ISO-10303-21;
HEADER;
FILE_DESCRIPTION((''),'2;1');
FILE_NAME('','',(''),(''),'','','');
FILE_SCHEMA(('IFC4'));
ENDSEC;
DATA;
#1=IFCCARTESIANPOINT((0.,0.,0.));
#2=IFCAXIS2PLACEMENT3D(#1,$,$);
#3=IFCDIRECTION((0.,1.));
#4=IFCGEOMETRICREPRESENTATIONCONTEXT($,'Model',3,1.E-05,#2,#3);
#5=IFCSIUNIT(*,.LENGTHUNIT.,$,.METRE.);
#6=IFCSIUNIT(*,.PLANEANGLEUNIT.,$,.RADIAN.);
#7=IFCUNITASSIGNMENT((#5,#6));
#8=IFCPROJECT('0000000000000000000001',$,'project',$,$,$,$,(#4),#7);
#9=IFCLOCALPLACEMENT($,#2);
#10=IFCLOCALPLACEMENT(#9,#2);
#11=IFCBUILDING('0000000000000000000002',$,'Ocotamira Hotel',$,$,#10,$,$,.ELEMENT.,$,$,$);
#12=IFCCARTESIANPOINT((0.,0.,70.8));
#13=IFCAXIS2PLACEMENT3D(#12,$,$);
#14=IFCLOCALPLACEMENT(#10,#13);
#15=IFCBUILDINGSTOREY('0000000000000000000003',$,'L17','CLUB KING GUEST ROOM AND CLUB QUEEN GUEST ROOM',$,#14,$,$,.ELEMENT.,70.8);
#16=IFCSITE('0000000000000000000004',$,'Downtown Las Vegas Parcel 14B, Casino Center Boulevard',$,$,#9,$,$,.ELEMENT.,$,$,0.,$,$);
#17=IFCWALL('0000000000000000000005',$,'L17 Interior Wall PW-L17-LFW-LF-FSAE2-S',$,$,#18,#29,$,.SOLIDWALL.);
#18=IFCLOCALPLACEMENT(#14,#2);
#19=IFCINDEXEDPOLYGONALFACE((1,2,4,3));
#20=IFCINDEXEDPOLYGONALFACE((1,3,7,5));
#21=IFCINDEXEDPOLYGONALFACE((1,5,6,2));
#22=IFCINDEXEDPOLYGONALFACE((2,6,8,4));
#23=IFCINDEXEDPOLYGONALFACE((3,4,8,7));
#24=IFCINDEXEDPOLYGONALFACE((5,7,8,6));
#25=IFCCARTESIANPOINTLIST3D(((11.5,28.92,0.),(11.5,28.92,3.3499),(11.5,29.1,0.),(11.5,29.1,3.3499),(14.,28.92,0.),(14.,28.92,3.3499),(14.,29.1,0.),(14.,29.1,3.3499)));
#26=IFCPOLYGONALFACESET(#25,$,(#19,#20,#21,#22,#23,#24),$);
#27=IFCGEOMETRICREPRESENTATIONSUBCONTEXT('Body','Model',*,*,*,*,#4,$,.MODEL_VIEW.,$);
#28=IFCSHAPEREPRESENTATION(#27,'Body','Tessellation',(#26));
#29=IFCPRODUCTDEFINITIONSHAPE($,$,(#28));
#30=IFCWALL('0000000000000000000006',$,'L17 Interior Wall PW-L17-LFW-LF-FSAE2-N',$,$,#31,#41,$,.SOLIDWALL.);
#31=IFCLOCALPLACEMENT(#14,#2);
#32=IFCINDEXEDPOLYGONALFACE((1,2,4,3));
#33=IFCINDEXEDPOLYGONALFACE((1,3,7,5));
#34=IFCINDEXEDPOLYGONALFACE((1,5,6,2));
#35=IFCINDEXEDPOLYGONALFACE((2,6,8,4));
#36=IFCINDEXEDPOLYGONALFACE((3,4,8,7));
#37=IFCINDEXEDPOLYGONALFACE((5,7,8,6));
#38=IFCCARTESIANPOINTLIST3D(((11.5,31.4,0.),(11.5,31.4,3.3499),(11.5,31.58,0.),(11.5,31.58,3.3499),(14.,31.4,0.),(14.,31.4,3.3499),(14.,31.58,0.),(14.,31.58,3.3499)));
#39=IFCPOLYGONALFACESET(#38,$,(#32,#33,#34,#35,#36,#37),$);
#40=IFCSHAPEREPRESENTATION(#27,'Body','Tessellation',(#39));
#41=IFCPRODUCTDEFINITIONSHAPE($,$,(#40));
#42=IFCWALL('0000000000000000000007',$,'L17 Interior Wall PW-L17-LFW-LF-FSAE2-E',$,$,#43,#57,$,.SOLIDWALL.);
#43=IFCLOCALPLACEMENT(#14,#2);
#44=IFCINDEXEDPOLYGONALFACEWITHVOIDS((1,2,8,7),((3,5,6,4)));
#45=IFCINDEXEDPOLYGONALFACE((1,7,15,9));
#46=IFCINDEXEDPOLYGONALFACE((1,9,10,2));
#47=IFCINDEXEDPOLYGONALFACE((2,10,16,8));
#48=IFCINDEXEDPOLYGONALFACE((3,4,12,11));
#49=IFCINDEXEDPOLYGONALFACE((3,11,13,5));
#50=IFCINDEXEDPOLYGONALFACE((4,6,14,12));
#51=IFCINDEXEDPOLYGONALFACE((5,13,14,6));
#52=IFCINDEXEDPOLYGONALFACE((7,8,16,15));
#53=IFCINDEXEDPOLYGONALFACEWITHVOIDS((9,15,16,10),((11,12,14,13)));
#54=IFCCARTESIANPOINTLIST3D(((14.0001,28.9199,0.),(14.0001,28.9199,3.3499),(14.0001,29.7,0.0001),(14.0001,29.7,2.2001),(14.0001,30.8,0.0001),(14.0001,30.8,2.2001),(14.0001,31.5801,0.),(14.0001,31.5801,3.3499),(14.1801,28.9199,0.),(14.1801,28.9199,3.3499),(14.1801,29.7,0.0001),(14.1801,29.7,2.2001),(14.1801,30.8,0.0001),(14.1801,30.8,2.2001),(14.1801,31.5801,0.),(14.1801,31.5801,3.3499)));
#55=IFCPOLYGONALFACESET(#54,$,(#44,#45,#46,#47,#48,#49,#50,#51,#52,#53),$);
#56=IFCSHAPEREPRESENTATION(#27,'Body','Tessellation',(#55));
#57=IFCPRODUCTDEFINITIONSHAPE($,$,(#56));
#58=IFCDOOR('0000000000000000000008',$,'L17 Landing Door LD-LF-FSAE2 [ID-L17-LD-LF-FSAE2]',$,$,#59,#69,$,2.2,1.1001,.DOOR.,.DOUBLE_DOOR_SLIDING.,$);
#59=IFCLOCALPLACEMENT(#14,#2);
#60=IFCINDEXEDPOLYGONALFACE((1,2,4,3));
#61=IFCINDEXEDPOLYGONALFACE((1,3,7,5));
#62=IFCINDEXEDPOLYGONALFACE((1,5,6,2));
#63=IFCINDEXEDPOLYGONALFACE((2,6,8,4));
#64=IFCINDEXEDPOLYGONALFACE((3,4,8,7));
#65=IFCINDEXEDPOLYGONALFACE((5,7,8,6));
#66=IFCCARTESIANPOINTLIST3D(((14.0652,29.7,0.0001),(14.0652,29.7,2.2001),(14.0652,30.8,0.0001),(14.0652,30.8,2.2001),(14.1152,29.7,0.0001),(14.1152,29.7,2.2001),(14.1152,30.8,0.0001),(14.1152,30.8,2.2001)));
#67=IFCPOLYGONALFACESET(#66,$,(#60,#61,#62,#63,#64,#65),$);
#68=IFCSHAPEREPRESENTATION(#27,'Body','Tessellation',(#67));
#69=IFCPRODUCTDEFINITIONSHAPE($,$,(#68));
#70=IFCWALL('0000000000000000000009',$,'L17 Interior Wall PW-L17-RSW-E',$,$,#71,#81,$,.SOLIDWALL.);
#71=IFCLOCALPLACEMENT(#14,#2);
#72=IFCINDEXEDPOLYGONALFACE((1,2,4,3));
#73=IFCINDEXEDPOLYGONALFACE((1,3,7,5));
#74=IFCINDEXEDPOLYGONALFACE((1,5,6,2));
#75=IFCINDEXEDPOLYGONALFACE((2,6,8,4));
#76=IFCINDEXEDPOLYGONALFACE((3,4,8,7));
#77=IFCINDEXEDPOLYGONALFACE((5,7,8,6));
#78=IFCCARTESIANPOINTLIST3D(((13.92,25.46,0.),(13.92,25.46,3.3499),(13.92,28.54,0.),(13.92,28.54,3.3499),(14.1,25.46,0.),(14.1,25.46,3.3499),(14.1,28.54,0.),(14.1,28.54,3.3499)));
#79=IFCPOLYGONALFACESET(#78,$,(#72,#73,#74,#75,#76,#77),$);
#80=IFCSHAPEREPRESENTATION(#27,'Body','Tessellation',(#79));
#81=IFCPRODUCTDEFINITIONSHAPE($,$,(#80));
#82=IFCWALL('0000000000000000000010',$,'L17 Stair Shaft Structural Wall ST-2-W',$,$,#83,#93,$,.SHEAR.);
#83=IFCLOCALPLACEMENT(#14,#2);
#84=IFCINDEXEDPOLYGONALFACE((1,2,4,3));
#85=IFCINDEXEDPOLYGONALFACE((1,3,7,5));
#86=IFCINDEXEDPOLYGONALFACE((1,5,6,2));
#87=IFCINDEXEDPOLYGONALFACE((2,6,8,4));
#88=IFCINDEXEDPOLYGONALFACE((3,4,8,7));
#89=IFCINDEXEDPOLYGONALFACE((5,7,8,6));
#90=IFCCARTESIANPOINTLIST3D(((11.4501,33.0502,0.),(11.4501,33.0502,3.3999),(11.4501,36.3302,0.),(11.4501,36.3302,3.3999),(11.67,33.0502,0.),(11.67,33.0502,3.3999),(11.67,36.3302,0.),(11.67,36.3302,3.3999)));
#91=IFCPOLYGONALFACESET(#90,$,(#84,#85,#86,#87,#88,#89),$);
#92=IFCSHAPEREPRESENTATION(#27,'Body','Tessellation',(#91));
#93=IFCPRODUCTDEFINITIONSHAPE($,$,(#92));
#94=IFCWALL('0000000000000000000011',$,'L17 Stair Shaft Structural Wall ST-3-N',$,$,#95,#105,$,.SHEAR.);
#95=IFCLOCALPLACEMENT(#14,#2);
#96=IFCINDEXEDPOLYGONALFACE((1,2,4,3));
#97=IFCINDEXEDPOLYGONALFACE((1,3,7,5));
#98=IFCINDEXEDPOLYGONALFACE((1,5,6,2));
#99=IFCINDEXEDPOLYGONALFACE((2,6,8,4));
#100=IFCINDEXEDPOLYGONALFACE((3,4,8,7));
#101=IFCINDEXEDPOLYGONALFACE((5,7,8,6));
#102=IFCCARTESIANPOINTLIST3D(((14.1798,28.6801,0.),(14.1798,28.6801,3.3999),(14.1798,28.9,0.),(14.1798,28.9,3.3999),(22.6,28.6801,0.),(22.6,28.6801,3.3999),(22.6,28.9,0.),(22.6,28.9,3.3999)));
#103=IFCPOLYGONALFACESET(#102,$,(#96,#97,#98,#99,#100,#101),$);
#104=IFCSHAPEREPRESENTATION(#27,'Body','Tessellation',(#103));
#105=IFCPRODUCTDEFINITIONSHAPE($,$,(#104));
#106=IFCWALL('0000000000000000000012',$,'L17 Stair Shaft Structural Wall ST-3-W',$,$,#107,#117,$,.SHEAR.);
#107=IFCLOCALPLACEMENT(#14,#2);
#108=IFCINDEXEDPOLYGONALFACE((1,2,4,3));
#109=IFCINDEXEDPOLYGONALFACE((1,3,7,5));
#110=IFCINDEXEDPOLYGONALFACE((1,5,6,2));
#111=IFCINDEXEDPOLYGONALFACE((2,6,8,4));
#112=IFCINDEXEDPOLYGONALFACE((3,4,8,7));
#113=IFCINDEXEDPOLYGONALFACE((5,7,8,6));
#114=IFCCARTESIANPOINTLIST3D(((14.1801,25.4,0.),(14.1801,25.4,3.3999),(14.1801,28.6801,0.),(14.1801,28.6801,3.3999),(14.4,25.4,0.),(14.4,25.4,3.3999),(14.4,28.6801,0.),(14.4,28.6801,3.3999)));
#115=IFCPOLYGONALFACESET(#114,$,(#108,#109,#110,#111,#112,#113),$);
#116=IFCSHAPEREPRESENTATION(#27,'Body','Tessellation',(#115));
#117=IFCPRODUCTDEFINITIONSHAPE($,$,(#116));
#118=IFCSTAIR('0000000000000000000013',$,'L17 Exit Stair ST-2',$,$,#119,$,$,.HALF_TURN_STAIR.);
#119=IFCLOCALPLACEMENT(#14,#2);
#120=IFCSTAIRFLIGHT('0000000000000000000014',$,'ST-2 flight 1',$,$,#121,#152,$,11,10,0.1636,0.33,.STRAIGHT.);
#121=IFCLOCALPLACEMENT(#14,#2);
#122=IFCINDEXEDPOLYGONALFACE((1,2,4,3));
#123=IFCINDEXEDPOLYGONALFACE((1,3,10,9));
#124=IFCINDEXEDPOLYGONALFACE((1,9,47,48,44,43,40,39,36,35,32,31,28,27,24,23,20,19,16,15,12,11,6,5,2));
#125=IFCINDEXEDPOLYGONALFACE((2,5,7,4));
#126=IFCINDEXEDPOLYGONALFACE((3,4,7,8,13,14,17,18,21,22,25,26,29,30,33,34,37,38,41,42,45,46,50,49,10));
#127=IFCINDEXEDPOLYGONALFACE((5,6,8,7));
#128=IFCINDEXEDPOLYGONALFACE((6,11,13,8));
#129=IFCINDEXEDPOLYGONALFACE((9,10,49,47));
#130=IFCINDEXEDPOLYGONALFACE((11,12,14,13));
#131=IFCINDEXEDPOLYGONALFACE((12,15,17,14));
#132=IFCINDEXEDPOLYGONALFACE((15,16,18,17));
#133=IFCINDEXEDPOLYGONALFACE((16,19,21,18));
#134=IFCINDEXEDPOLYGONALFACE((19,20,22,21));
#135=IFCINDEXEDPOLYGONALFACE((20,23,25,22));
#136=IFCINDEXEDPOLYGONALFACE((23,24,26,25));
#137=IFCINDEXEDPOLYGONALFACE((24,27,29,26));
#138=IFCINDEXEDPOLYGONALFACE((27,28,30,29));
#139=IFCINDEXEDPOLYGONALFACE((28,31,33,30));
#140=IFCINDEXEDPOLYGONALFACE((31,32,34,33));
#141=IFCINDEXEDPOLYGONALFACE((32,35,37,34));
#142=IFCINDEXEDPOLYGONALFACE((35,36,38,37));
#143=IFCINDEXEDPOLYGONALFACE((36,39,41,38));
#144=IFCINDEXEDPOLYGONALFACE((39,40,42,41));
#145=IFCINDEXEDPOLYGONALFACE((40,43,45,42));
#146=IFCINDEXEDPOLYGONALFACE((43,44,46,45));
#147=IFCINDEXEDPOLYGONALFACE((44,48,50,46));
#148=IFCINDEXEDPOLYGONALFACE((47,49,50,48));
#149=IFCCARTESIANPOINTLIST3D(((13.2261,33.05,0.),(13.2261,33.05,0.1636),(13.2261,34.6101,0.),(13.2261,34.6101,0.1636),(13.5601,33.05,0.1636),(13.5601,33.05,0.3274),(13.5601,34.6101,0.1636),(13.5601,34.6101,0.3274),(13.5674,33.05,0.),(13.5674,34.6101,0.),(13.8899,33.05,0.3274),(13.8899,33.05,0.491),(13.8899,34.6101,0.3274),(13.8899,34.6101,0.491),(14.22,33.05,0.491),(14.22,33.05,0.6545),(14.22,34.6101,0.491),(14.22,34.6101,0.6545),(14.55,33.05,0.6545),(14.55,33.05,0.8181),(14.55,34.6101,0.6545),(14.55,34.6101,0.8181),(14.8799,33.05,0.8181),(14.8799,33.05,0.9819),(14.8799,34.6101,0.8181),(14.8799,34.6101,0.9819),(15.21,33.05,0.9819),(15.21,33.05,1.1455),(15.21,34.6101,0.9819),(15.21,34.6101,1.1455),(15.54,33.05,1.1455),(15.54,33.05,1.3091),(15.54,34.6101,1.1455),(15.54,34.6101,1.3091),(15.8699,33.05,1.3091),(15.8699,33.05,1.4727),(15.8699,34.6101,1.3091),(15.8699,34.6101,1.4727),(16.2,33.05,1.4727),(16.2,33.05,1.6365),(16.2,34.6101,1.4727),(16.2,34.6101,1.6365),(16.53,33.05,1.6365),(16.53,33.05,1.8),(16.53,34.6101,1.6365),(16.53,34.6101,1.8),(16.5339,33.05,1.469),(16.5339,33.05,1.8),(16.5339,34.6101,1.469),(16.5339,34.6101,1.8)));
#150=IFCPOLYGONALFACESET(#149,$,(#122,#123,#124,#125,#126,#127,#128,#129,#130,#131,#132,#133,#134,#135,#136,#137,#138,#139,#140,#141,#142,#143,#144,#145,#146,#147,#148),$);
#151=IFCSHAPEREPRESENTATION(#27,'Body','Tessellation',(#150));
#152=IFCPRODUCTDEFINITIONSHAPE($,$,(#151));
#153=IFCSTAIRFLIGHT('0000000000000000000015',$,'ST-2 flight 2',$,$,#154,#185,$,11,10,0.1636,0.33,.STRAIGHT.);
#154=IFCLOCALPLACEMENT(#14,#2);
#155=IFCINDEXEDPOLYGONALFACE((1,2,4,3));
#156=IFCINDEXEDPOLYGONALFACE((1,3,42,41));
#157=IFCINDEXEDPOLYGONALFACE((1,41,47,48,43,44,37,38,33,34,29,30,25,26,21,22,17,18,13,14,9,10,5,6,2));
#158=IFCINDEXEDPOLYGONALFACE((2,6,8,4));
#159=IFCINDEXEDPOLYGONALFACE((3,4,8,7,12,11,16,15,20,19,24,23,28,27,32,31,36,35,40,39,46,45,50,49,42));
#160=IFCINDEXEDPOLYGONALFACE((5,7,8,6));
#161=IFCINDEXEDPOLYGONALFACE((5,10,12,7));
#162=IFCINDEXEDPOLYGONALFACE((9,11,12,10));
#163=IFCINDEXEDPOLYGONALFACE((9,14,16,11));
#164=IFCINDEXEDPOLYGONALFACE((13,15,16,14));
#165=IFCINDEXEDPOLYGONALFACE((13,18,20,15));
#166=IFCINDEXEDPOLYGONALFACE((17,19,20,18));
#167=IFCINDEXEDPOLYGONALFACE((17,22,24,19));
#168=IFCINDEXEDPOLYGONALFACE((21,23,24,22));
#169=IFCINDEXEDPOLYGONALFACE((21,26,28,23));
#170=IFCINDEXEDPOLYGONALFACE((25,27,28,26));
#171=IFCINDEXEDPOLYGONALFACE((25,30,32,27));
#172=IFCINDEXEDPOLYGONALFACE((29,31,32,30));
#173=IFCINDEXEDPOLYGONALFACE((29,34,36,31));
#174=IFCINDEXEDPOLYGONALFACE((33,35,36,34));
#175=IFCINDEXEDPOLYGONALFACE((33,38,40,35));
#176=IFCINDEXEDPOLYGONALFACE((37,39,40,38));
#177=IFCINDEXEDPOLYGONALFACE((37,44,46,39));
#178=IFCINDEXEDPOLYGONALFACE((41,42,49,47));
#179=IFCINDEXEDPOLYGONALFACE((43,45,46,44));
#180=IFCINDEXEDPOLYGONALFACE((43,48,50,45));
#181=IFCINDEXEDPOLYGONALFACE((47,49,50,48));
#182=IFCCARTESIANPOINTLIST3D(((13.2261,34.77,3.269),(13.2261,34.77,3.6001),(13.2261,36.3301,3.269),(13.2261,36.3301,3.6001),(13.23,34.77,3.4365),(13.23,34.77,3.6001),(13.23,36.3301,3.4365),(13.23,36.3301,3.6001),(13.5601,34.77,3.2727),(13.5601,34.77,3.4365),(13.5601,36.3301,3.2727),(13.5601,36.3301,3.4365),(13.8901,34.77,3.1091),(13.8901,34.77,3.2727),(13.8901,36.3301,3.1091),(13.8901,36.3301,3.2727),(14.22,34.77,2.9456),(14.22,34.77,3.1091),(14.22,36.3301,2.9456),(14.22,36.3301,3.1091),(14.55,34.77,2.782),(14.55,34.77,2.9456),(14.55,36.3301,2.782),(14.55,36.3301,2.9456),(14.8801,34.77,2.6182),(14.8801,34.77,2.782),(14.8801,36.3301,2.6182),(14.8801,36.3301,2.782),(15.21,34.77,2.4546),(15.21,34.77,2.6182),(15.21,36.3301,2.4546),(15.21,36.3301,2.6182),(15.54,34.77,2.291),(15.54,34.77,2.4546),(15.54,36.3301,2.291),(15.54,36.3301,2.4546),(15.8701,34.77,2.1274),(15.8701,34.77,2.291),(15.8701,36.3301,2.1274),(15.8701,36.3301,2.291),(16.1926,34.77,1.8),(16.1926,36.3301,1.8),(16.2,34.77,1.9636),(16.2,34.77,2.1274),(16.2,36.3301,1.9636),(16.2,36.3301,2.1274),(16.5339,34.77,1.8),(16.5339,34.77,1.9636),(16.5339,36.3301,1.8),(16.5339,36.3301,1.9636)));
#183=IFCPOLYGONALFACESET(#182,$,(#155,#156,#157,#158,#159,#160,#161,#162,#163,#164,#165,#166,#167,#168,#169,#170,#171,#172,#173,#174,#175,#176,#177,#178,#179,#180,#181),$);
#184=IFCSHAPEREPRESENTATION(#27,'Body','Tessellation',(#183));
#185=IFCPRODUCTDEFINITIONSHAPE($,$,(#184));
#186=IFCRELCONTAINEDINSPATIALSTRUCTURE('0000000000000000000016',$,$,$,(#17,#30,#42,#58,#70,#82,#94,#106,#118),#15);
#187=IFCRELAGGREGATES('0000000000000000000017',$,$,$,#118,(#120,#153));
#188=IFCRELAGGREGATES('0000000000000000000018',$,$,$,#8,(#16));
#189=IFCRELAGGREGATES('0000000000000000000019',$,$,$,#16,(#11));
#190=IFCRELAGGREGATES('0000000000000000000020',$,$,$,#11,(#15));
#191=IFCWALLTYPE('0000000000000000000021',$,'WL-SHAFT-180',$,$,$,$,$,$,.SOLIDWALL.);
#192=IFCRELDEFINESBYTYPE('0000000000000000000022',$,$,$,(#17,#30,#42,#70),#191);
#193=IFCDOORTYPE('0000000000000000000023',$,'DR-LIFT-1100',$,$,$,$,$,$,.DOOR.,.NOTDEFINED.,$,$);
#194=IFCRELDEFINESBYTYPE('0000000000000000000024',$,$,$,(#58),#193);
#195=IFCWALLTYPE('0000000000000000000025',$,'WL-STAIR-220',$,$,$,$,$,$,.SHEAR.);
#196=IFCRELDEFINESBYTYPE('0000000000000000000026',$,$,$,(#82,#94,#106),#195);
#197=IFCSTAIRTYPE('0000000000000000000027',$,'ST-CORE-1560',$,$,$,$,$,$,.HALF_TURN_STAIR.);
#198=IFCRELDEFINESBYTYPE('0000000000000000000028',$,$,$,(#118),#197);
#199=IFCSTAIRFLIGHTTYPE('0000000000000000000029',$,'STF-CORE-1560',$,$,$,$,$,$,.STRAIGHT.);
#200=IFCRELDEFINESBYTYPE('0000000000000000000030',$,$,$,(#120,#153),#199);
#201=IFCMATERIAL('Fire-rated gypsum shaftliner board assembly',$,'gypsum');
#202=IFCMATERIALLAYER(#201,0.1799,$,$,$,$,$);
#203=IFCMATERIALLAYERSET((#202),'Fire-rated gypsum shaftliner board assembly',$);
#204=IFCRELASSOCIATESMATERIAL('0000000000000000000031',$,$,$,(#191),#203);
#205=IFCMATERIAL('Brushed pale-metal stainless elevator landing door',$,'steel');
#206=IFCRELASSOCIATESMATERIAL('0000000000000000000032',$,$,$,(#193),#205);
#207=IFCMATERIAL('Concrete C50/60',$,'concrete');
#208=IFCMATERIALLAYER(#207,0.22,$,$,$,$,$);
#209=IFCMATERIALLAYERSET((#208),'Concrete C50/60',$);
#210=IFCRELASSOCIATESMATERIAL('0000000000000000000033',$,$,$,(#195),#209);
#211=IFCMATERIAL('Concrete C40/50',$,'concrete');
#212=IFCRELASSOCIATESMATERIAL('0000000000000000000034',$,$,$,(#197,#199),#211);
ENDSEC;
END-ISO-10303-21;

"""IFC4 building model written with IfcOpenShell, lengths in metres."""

from ifc_helpers import new_model, si_unit, direction, frame, frame_2d, origin, place, context, subcontext, project, spatial, polyline, rectangle, outline, extrude, source, transform, mapped, material, layer, layer_set, type_object, element, fill, aggregate, save


model = new_model("IFC4")

# Units and contexts
model_context = context("Model", 3, precision=1e-05, world=origin(), true_north=direction((0.0, 1.0)))
body_context = subcontext(model_context, "Body", "Model", "MODEL_VIEW")
ifc_project = project(units=[si_unit("LENGTHUNIT", "METRE"), si_unit("PLANEANGLEUNIT", "RADIAN")], contexts=[model_context])

# Site, building, storey
site_placement = place(None, origin())
site = spatial("IfcSite", under=ifc_project, at=site_placement, Name="Downtown Las Vegas Parcel 14B, Casino Center Boulevard", CompositionType="ELEMENT", RefElevation=0.0)
building_placement = place(site_placement, origin())
building = spatial("IfcBuilding", under=site, at=building_placement, Name="Ocotamira Hotel", CompositionType="ELEMENT")
storey_placement = place(building_placement, frame((0.0, 0.0, 70.8)))
storey = spatial("IfcBuildingStorey", under=building, at=storey_placement, Name="L17", Description="CLUB KING GUEST ROOM AND CLUB QUEEN GUEST ROOM", CompositionType="ELEMENT", Elevation=70.8)

# Walls
ifc_material_1 = material(Name="Fire-rated gypsum shaftliner board assembly", Category="gypsum")
ifc_layer_1 = layer(ifc_material_1, 0.1799)
ifc_layer_set_1 = layer_set([ifc_layer_1], Name="Fire-rated gypsum shaftliner board assembly")
wall_type_1 = type_object("IfcWallType", Name="WL-SHAFT-180", PredefinedType="SOLIDWALL", material=ifc_layer_set_1)
for number, where, z_axis, x_axis, name in (
    (1, (11.5, 29.01, 0.0), (0.0, 0.0, 1.0), (1.0, 0.0, 0.0), "L17 Interior Wall PW-L17-LFW-LF-FSAE2-S"),
    (2, (11.5, 31.49, 0.0), (0.0, 0.0, 1.0), (1.0, 0.0, 0.0), "L17 Interior Wall PW-L17-LFW-LF-FSAE2-N"),
):
    element("IfcWall", number, at=place(storey_placement, frame(where, z_axis=z_axis, x_axis=x_axis)), inside=storey, type_object=wall_type_1, Name=name, PredefinedType="SOLIDWALL", context=body_context, shape_type="SweptSolid", body=[
        extrude(rectangle(XDim=2.5, YDim=0.1799, at=frame_2d((1.25, 0.0))), origin(), (0.0, 0.0, 1.0), 3.3499),
    ])

# Wall, opening, door
wall_1_placement = place(storey_placement, frame((14.0901, 28.9199, 0.0), z_axis=(0.0, 0.0, 1.0), x_axis=(0.0, 1.0, 0.0)))
wall_1 = element("IfcWall", 3, at=wall_1_placement, inside=storey, type_object=wall_type_1, Name="L17 Interior Wall PW-L17-LFW-LF-FSAE2-E", PredefinedType="SOLIDWALL", context=body_context, shape_type="SweptSolid", body=[
    extrude(rectangle(XDim=2.6602, YDim=0.1799, at=frame_2d((1.3301, 0.0))), origin(), (0.0, 0.0, 1.0), 3.3499),
])
opening_placement = place(wall_1_placement, frame((0.78, 0.0, 0.0)))
opening = element("IfcOpeningElement", 4, at=opening_placement, cuts=wall_1, PredefinedType="OPENING", context=body_context, shape_type="SweptSolid", body=[
    extrude(rectangle(XDim=1.1001, YDim=2.2, at=frame_2d((0.55, 1.1001))), frame((0.0, 0.1001, 0.0), z_axis=(0.0, -1.0, 0.0), x_axis=(1.0, 0.0, 0.0)), (0.0, 0.0, 1.0), 0.2),
])
ifc_material_2 = material(Name="Brushed pale-metal stainless elevator landing door", Category="steel")
door_type = type_object("IfcDoorType", Name="DR-LIFT-1100", OperationType="NOTDEFINED", PredefinedType="DOOR", material=ifc_material_2)
shared_shape_1 = source(origin(), body_context, "Body", "SweptSolid", [
    extrude(rectangle(XDim=1.1001, YDim=2.2, at=frame_2d((0.55, 1.1001))), frame((0.0, 0.0249, 0.0), z_axis=(0.0, -1.0, 0.0), x_axis=(1.0, 0.0, 0.0)), (0.0, 0.0, 1.0), 0.05),
])
door_placement = place(opening_placement, origin())
door = element("IfcDoor", 5, at=door_placement, inside=storey, type_object=door_type, Name="L17 Landing Door LD-LF-FSAE2 [ID-L17-LD-LF-FSAE2]", OperationType="DOUBLE_DOOR_SLIDING", OverallHeight=2.2, OverallWidth=1.1001, PredefinedType="DOOR", context=body_context, shape_type="MappedRepresentation", body=[
    mapped(shared_shape_1, transform((0.0, 0.0, 0.0), scale=1.0)),
])
fill(opening, door)

# Walls
wall_2_placement = place(storey_placement, frame((14.01, 25.46, 0.0), z_axis=(0.0, 0.0, 1.0), x_axis=(0.0, 1.0, 0.0)))
element("IfcWall", 6, at=wall_2_placement, inside=storey, type_object=wall_type_1, Name="L17 Interior Wall PW-L17-RSW-E", PredefinedType="SOLIDWALL", context=body_context, shape_type="SweptSolid", body=[
    extrude(rectangle(XDim=3.0801, YDim=0.1799, at=frame_2d((1.54, 0.0))), origin(), (0.0, 0.0, 1.0), 3.3499),
])
ifc_material_3 = material(Name="Concrete C50/60", Category="concrete")
ifc_layer_2 = layer(ifc_material_3, 0.22)
ifc_layer_set_2 = layer_set([ifc_layer_2], Name="Concrete C50/60")
wall_type_2 = type_object("IfcWallType", Name="WL-STAIR-220", PredefinedType="SHEAR", material=ifc_layer_set_2)
wall_3_placement = place(storey_placement, frame((11.5601, 33.05, 0.0), z_axis=(0.0, 0.0, 1.0), x_axis=(0.0, 1.0, 0.0)))
element("IfcWall", 7, at=wall_3_placement, inside=storey, type_object=wall_type_2, Name="L17 Stair Shaft Structural Wall ST-2-W", PredefinedType="SHEAR", context=body_context, shape_type="SweptSolid", body=[
    extrude(rectangle(XDim=3.28, YDim=0.22, at=frame_2d((1.6401, 0.0))), origin(), (0.0, 0.0, 1.0), 3.3999),
])
wall_4_placement = place(storey_placement, frame((14.1799, 28.79, 0.0), z_axis=(0.0, 0.0, 1.0), x_axis=(1.0, 0.0, 0.0)))
element("IfcWall", 8, at=wall_4_placement, inside=storey, type_object=wall_type_2, Name="L17 Stair Shaft Structural Wall ST-3-N", PredefinedType="SHEAR", context=body_context, shape_type="SweptSolid", body=[
    extrude(rectangle(XDim=8.4202, YDim=0.22, at=frame_2d((4.21, 0.0))), origin(), (0.0, 0.0, 1.0), 3.3999),
])
wall_5_placement = place(storey_placement, frame((14.29, 25.3999, 0.0), z_axis=(0.0, 0.0, 1.0), x_axis=(0.0, 1.0, 0.0)))
element("IfcWall", 9, at=wall_5_placement, inside=storey, type_object=wall_type_2, Name="L17 Stair Shaft Structural Wall ST-3-W", PredefinedType="SHEAR", context=body_context, shape_type="SweptSolid", body=[
    extrude(rectangle(XDim=3.28, YDim=0.22, at=frame_2d((1.6401, 0.0))), origin(), (0.0, 0.0, 1.0), 3.3999),
])

# Stair, stair flights
ifc_material_4 = material(Name="Concrete C40/50", Category="concrete")
stair_type = type_object("IfcStairType", Name="ST-CORE-1560", PredefinedType="HALF_TURN_STAIR", material=ifc_material_4)
stair_1_placement = place(storey_placement, origin())
stair_1 = element("IfcStair", 10, at=stair_1_placement, inside=storey, type_object=stair_type, Name="L17 Exit Stair ST-2", PredefinedType="HALF_TURN_STAIR")
stair_flight_type = type_object("IfcStairFlightType", Name="STF-CORE-1560", PredefinedType="STRAIGHT", material=ifc_material_4)
shared_shape_2 = source(origin(), body_context, "Body", "SweptSolid", [
    extrude(outline(polyline([(-0.0039, 0.0), (-0.0039, 0.1636), (0.3301, 0.1636), (0.3301, 0.3274), (0.6599, 0.3274), (0.6599, 0.491), (0.99, 0.491), (0.99, 0.6545), (1.3201, 0.6545), (1.3201, 0.8181), (1.6499, 0.8181), (1.6499, 0.9819), (1.98, 0.9819), (1.98, 1.1455), (2.3101, 1.1455), (2.3101, 1.3091), (2.6399, 1.3091), (2.6399, 1.4727), (2.97, 1.4727), (2.97, 1.6365), (3.3, 1.6365), (3.3, 1.8), (3.304, 1.8), (3.304, 1.469), (0.3374, 0.0), (-0.0039, 0.0)])), frame((0.0, 0.78, 0.0), z_axis=(0.0, -1.0, 0.0), x_axis=(1.0, 0.0, 0.0)), (0.0, 0.0, 1.0), 1.5601),
])
stair_flight_1_placement = place(storey_placement, frame((13.23, 33.8301, 0.0), z_axis=(0.0, 0.0, 1.0), x_axis=(1.0, 0.0, 0.0)))
stair_flight_1 = element("IfcStairFlight", 11, at=stair_flight_1_placement, type_object=stair_flight_type, Name="ST-2 flight 1", NumberOfRisers=11, NumberOfTreads=10, PredefinedType="STRAIGHT", RiserHeight=0.1636, TreadLength=0.33, context=body_context, shape_type="MappedRepresentation", body=[
    mapped(shared_shape_2, transform((0.0, 0.0, 0.0), scale=1.0)),
])
stair_flight_2_placement = place(storey_placement, frame((16.53, 35.55, 1.8), z_axis=(0.0, 0.0, 1.0), x_axis=(-1.0, 0.0, 0.0)))
stair_flight_2 = element("IfcStairFlight", 12, at=stair_flight_2_placement, type_object=stair_flight_type, Name="ST-2 flight 2", NumberOfRisers=11, NumberOfTreads=10, PredefinedType="STRAIGHT", RiserHeight=0.1636, TreadLength=0.33, context=body_context, shape_type="MappedRepresentation", body=[
    mapped(shared_shape_2, transform((0.0, 0.0, 0.0), scale=1.0)),
])
aggregate(stair_1, [stair_flight_1, stair_flight_2])

save(model, "model.ifc")
